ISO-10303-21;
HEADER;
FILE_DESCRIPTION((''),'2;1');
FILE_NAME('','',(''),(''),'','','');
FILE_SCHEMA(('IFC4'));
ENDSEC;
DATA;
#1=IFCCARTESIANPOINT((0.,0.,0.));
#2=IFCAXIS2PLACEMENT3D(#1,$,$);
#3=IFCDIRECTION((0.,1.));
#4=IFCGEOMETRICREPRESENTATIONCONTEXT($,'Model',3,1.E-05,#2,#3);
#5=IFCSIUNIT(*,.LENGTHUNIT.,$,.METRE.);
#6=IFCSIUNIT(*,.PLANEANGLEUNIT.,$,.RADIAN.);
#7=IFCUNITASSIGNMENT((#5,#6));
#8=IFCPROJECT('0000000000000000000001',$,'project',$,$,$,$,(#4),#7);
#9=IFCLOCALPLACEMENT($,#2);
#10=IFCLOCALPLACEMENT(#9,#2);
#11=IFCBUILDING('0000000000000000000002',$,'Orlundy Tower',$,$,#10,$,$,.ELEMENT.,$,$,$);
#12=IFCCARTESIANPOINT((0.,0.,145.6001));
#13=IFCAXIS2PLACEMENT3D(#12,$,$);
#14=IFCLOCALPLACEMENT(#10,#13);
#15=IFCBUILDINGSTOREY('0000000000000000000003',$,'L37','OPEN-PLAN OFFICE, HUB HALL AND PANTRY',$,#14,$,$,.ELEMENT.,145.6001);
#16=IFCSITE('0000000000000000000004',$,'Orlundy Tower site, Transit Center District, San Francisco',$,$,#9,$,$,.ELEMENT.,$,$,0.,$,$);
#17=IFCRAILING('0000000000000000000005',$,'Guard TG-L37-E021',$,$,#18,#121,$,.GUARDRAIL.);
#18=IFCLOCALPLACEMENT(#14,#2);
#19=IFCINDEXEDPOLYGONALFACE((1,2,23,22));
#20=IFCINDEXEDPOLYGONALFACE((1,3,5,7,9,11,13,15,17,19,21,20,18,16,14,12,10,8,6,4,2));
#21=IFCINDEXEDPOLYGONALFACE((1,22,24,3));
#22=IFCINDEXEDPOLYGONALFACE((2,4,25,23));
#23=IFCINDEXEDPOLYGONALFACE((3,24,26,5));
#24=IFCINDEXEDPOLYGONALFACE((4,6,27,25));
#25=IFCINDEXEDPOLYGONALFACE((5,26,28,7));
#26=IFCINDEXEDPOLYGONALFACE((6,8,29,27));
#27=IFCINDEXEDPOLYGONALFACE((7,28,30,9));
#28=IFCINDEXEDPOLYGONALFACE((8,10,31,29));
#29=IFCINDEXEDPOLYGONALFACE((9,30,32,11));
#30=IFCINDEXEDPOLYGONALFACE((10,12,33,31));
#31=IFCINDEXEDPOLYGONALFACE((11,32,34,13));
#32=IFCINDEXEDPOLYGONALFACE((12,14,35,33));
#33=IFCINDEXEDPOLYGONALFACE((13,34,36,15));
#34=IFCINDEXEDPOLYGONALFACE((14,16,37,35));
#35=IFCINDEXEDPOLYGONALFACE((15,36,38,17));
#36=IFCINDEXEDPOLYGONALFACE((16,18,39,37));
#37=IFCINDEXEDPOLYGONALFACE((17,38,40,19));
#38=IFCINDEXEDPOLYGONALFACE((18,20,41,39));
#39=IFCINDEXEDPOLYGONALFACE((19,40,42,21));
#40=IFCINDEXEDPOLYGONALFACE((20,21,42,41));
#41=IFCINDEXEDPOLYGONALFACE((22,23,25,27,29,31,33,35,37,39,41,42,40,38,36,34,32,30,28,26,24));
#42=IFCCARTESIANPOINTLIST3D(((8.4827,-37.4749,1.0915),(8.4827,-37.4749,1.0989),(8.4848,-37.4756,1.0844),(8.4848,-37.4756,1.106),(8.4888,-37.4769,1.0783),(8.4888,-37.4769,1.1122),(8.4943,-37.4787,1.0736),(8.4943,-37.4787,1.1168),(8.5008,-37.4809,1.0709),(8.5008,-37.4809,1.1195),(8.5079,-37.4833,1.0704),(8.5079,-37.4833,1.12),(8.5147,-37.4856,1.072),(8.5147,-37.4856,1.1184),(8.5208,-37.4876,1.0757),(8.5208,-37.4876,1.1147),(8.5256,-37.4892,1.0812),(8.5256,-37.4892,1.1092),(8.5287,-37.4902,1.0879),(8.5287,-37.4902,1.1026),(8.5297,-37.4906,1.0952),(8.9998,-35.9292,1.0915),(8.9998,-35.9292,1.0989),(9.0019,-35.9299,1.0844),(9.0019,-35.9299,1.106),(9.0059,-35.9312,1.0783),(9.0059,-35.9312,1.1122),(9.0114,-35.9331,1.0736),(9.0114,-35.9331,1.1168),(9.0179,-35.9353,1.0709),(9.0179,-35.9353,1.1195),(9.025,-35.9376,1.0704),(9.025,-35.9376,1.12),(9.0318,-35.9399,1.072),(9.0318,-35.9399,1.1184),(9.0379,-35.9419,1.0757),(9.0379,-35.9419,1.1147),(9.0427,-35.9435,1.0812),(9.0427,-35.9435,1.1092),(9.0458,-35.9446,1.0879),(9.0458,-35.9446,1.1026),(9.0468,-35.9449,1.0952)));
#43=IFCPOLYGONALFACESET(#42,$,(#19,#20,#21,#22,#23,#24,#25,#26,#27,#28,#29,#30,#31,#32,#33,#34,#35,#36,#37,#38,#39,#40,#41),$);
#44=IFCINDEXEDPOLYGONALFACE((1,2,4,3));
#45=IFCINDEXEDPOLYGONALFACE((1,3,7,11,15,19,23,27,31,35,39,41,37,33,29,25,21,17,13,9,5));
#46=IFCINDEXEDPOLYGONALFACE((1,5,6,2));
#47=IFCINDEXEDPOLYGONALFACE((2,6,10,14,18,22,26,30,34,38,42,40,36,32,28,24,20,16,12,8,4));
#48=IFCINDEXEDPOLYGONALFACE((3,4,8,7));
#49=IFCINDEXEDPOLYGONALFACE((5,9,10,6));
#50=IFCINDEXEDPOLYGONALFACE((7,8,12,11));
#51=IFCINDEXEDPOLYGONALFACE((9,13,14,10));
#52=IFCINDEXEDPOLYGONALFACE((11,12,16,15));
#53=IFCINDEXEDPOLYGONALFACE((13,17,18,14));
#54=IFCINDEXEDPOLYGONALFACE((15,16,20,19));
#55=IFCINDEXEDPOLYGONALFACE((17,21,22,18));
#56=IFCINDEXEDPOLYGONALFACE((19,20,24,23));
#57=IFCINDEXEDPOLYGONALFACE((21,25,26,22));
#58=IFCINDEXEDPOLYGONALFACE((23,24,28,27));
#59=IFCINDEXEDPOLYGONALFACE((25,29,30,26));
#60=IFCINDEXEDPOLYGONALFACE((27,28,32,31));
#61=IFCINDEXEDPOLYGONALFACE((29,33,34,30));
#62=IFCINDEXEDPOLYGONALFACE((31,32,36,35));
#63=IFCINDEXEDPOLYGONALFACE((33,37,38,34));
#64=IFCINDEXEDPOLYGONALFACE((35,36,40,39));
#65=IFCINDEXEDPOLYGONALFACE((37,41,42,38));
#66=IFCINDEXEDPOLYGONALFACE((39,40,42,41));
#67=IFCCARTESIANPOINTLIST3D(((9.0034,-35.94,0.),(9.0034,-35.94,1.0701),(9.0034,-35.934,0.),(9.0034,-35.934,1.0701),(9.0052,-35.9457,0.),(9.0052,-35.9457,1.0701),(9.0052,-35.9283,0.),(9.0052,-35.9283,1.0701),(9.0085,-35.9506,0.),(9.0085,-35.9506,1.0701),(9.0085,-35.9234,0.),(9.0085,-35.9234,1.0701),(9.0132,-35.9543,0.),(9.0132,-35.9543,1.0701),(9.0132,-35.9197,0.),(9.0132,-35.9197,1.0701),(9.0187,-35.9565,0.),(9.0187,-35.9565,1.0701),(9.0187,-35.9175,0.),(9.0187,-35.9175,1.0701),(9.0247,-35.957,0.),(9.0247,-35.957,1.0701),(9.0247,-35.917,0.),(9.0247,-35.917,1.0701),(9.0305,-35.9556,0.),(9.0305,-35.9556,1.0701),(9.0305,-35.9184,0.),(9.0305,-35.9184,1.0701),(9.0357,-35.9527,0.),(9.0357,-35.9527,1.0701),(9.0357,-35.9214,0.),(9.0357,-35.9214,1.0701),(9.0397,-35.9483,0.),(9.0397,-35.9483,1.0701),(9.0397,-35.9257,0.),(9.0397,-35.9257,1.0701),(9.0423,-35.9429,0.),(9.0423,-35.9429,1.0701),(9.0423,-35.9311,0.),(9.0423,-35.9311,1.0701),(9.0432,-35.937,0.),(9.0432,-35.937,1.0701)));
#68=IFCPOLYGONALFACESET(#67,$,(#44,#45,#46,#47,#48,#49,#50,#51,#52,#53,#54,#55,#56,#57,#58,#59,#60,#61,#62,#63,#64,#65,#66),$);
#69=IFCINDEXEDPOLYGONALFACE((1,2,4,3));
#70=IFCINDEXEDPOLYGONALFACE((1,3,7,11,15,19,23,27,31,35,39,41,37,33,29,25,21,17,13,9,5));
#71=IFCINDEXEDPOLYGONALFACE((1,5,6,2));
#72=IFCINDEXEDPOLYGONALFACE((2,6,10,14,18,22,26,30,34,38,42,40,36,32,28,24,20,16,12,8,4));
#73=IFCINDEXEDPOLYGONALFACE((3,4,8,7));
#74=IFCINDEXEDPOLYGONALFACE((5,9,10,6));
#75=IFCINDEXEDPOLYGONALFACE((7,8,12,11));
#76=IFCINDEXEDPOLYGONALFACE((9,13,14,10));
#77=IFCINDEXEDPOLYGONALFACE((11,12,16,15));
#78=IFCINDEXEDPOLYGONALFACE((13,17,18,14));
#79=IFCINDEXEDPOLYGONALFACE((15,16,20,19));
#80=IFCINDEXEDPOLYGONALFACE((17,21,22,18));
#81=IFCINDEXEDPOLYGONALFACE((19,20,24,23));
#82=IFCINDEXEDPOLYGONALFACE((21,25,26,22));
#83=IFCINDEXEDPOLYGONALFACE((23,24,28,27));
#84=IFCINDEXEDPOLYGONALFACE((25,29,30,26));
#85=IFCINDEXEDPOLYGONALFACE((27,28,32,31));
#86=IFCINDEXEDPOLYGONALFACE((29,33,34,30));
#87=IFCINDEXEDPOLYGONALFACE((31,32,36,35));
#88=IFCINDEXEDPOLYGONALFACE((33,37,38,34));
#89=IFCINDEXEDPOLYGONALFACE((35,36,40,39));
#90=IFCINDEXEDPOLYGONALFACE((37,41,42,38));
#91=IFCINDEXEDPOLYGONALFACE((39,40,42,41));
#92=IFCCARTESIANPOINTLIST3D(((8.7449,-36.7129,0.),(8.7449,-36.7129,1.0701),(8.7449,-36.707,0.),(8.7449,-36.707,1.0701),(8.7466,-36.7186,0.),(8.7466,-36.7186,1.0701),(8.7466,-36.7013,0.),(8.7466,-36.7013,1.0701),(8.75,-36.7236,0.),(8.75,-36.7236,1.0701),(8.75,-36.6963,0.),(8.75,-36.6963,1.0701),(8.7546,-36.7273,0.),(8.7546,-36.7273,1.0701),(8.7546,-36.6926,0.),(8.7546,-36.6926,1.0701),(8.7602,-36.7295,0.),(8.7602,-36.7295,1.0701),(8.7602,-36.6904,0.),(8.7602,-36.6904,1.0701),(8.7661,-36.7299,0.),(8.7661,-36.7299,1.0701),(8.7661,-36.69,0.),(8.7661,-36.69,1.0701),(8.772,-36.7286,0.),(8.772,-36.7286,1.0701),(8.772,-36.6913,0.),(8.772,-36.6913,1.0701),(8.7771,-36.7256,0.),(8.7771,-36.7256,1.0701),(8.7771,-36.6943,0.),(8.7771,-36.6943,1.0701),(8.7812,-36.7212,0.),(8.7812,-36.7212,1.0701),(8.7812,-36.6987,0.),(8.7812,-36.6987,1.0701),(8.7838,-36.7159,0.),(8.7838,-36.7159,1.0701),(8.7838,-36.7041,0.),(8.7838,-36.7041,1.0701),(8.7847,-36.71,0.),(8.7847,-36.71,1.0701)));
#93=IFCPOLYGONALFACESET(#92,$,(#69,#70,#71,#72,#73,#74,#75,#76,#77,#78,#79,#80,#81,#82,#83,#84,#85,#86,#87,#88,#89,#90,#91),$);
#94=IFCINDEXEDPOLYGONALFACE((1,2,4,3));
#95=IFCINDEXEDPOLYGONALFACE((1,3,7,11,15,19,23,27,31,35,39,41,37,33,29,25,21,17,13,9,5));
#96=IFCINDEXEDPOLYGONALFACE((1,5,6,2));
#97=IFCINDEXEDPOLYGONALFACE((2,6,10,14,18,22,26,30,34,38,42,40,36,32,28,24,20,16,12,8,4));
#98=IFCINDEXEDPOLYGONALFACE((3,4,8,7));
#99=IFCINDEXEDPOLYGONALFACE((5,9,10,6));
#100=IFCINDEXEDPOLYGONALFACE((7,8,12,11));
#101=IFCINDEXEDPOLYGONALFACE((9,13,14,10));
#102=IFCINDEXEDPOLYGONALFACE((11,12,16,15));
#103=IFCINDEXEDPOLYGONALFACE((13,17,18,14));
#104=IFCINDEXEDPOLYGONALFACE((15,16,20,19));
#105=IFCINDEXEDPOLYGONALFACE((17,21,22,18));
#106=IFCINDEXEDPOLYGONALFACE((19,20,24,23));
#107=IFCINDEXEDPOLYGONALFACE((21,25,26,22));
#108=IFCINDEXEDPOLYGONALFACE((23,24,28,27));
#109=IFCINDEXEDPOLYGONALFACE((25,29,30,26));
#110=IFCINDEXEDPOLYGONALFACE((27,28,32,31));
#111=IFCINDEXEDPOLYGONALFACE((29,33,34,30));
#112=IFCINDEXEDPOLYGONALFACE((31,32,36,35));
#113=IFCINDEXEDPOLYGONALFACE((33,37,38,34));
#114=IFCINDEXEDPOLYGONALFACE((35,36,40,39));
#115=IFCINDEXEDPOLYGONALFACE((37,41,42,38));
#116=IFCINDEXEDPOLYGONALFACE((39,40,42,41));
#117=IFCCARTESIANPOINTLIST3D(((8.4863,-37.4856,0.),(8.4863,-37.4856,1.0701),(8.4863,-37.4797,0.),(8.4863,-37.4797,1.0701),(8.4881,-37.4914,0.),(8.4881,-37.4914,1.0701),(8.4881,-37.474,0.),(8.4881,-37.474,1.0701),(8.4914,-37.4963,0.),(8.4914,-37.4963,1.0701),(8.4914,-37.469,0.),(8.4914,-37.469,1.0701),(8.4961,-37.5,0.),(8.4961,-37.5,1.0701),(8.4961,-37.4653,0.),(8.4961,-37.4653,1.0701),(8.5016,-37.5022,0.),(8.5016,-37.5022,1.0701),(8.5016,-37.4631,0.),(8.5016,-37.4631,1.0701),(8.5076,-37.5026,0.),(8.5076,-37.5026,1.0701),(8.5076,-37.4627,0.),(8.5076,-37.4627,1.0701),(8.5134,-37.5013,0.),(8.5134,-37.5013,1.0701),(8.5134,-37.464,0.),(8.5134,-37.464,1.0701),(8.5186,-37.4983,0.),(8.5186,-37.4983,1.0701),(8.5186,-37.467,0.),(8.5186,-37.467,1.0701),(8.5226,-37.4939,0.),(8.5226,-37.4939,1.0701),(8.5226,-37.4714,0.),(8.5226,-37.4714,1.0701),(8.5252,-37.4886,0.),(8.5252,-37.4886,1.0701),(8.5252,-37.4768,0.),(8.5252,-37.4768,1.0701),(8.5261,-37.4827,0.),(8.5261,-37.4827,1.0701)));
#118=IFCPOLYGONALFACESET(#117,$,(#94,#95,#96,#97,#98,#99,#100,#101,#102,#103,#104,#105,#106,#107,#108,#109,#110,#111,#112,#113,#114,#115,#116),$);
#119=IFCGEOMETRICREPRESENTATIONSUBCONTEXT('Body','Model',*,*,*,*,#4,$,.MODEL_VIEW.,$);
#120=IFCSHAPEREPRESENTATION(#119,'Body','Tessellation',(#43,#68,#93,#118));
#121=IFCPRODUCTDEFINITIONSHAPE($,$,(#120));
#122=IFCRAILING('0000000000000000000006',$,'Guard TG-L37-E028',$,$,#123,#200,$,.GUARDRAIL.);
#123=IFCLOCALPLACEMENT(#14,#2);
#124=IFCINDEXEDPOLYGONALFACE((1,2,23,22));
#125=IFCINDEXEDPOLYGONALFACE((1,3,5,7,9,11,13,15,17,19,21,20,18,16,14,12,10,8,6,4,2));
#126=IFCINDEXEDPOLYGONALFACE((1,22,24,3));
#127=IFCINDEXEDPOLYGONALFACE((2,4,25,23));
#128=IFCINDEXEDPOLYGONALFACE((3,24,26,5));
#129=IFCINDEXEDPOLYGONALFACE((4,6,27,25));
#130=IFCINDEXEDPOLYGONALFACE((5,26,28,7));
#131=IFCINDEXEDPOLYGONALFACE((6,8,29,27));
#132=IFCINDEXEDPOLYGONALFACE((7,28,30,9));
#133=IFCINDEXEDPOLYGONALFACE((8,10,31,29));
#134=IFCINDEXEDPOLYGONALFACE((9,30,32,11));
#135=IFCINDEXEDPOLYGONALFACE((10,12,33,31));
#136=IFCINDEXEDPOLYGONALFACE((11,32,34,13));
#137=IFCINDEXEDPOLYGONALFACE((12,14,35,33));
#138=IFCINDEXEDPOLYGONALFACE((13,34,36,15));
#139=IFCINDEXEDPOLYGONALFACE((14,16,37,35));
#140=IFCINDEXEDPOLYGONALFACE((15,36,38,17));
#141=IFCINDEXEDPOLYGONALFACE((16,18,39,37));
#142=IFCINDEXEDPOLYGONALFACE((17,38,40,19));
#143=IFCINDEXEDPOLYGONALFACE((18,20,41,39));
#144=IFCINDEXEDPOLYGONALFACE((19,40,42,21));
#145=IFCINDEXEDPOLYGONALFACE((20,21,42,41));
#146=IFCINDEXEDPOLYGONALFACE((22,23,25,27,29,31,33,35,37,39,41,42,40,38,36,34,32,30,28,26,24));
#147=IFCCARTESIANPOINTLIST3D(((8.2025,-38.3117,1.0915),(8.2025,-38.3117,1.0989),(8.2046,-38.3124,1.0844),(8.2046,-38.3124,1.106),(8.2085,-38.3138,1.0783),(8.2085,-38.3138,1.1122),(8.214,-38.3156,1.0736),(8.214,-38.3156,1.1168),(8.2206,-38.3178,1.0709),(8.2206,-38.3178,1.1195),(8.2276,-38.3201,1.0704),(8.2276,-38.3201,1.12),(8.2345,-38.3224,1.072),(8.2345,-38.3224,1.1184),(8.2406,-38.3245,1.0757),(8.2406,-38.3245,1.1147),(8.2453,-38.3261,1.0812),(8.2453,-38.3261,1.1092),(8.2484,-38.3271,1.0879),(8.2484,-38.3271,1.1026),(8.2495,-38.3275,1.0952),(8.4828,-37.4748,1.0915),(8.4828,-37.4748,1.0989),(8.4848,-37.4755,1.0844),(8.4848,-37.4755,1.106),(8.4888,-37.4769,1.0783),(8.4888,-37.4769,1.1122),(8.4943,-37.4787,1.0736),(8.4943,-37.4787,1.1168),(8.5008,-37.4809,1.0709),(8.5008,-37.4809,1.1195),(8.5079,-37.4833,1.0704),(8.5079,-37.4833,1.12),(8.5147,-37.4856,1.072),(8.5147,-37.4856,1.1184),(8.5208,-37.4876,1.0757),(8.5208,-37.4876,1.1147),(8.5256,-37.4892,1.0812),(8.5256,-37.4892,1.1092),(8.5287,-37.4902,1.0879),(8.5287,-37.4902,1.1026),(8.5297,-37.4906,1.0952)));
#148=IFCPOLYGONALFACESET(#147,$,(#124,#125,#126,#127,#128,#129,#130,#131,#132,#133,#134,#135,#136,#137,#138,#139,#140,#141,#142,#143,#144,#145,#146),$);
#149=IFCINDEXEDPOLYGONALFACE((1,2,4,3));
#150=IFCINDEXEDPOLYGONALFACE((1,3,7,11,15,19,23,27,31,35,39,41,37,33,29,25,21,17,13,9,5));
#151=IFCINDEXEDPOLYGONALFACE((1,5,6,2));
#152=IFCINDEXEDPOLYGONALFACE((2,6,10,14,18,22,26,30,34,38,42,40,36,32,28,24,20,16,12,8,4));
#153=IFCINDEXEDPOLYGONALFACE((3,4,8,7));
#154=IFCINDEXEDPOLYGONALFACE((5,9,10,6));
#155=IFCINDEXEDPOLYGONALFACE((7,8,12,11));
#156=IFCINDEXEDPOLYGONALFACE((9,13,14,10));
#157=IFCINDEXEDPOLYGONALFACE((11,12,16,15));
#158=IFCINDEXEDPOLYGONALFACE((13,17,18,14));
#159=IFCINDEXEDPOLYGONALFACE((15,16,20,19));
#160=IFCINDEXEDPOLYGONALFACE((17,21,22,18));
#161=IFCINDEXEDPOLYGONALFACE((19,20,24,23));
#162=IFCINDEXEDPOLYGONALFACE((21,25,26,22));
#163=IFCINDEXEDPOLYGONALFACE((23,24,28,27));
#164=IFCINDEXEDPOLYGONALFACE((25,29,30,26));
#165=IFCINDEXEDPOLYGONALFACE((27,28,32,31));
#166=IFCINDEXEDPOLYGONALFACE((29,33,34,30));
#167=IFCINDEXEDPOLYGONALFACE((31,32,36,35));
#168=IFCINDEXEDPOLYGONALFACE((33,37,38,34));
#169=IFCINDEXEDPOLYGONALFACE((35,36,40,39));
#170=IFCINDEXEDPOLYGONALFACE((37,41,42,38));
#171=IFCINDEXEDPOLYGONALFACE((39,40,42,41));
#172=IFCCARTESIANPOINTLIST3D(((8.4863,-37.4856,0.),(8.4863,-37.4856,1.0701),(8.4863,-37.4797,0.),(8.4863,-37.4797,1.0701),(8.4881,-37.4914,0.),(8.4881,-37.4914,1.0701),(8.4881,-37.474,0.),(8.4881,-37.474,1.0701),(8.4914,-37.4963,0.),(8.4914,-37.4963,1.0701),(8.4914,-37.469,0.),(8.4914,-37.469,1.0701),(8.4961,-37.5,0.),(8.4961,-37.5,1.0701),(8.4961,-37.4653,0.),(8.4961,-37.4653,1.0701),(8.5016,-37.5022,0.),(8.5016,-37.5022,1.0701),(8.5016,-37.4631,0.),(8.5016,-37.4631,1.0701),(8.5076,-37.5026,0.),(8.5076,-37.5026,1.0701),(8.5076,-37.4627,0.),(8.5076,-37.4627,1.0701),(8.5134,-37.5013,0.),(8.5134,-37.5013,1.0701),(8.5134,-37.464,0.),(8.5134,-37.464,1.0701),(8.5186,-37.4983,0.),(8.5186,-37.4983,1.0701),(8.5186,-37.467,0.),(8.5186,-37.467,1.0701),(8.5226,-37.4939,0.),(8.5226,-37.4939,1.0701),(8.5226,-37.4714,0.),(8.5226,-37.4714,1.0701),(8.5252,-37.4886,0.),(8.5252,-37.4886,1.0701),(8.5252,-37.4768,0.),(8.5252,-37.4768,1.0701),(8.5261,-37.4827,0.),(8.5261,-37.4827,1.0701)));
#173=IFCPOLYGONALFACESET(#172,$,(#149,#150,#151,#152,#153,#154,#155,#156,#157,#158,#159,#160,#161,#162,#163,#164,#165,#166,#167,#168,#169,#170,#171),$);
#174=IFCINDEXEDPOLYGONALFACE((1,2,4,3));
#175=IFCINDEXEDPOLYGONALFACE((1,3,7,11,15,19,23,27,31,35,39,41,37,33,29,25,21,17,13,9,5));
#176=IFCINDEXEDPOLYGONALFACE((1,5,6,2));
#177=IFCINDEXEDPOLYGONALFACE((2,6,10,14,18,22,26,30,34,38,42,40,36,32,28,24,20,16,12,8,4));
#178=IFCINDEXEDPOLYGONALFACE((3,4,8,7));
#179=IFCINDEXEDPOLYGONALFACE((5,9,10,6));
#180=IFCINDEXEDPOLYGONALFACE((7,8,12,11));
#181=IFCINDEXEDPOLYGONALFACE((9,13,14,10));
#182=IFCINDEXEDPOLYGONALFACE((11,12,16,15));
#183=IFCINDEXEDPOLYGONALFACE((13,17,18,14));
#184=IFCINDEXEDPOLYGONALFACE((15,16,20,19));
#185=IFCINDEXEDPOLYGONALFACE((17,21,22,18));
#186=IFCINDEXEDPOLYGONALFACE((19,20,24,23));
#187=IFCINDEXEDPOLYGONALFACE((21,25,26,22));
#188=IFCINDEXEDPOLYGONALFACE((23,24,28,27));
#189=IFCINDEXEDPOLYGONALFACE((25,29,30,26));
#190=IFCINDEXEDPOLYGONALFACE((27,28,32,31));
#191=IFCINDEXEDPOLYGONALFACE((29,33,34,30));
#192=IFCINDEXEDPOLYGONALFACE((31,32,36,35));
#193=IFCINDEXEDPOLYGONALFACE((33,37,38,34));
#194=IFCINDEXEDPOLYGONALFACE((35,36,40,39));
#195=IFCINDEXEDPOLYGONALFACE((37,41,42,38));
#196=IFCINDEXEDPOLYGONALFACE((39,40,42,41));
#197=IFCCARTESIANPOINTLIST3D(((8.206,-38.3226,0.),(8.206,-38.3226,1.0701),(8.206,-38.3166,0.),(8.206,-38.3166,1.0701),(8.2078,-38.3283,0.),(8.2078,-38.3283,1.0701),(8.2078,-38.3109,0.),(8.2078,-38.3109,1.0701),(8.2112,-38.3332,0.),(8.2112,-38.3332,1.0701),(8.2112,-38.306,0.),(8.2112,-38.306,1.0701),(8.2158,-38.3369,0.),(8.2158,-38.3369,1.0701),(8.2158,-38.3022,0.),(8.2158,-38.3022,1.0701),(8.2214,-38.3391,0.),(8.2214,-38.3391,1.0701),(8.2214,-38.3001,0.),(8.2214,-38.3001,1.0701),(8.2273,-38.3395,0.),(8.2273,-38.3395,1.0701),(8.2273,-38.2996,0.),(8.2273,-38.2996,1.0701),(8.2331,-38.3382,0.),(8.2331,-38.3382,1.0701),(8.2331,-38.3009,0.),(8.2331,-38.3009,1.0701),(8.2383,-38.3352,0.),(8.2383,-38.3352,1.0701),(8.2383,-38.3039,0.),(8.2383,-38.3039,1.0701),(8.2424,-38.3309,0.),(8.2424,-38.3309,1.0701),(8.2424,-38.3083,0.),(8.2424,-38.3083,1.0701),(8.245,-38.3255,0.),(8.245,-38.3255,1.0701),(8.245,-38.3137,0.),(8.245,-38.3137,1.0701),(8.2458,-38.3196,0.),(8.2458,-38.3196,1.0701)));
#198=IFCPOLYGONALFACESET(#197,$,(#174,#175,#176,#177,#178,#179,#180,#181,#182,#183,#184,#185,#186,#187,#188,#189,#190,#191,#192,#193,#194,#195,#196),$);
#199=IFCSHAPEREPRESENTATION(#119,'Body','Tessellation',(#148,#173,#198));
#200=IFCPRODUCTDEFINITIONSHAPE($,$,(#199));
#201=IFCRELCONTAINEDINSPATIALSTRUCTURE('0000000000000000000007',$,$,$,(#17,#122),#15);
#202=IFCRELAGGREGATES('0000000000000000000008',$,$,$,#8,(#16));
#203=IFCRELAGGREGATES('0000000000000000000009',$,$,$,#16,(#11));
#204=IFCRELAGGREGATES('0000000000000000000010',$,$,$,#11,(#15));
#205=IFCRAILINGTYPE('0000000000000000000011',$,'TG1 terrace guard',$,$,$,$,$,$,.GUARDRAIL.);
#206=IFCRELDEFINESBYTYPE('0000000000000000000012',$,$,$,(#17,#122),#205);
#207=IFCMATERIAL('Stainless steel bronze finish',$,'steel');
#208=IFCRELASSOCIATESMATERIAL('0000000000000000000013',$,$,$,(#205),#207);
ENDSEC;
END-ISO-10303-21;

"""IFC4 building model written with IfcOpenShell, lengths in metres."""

from ifc_helpers import new_model, si_unit, direction, frame, origin, origin_2d, place, context, subcontext, project, spatial, circle, extrude, material, type_object, element, save


model = new_model("IFC4")

# Units and contexts
model_context = context("Model", 3, precision=1e-05, world=origin(), true_north=direction((0.0, 1.0)))
body_context = subcontext(model_context, "Body", "Model", "MODEL_VIEW")
ifc_project = project(units=[si_unit("LENGTHUNIT", "METRE"), si_unit("PLANEANGLEUNIT", "RADIAN")], contexts=[model_context])

# Site, building, storey
site_placement = place(None, origin())
site = spatial("IfcSite", under=ifc_project, at=site_placement, Name="Orlundy Tower site, Transit Center District, San Francisco", CompositionType="ELEMENT", RefElevation=0.0)
building_placement = place(site_placement, origin())
building = spatial("IfcBuilding", under=site, at=building_placement, Name="Orlundy Tower", CompositionType="ELEMENT")
storey_placement = place(building_placement, frame((0.0, 0.0, 145.6001)))
storey = spatial("IfcBuildingStorey", under=building, at=storey_placement, Name="L37", Description="OPEN-PLAN OFFICE, HUB HALL AND PANTRY", CompositionType="ELEMENT", Elevation=145.6001)

# Railings
ifc_material_1 = material(Name="Stainless steel bronze finish", Category="steel")
railing_type = type_object("IfcRailingType", Name="TG1 terrace guard", PredefinedType="GUARDRAIL", material=ifc_material_1)
railing_1_placement = place(storey_placement, frame((9.0232, -35.937, 0.0)))
element("IfcRailing", 1, at=railing_1_placement, inside=storey, type_object=railing_type, Name="Guard TG-L37-E021", PredefinedType="GUARDRAIL", context=body_context, shape_type="SweptSolid", body=[
    extrude(circle(Radius=0.0249, at=origin_2d()), frame((0.0, 0.0, 1.0952), z_axis=(-0.317261, -0.948338, 0.0), x_axis=(0.948338, -0.317261, 0.0)), (0.0, 0.0, 1.0), 1.6299),
    extrude(circle(Radius=0.02, at=origin_2d()), origin(), (0.0, 0.0, 1.0), 1.0701),
    extrude(circle(Radius=0.02, at=origin_2d()), frame((-0.2585, -0.7729, 0.0)), (0.0, 0.0, 1.0), 1.0701),
    extrude(circle(Radius=0.02, at=origin_2d()), frame((-0.5171, -1.5457, 0.0)), (0.0, 0.0, 1.0), 1.0701),
])
railing_2_placement = place(storey_placement, frame((8.5061, -37.4827, 0.0)))
element("IfcRailing", 2, at=railing_2_placement, inside=storey, type_object=railing_type, Name="Guard TG-L37-E028", PredefinedType="GUARDRAIL", context=body_context, shape_type="SweptSolid", body=[
    extrude(circle(Radius=0.0249, at=origin_2d()), frame((0.0, 0.0, 1.0952), z_axis=(-0.317555, -0.94824, 0.0), x_axis=(0.94824, -0.317555, 0.0)), (0.0, 0.0, 1.0), 0.8826),
    extrude(circle(Radius=0.02, at=origin_2d()), origin(), (0.0, 0.0, 1.0), 1.0701),
    extrude(circle(Radius=0.02, at=origin_2d()), frame((-0.2803, -0.8369, 0.0)), (0.0, 0.0, 1.0), 1.0701),
])

save(model, "model.ifc")
